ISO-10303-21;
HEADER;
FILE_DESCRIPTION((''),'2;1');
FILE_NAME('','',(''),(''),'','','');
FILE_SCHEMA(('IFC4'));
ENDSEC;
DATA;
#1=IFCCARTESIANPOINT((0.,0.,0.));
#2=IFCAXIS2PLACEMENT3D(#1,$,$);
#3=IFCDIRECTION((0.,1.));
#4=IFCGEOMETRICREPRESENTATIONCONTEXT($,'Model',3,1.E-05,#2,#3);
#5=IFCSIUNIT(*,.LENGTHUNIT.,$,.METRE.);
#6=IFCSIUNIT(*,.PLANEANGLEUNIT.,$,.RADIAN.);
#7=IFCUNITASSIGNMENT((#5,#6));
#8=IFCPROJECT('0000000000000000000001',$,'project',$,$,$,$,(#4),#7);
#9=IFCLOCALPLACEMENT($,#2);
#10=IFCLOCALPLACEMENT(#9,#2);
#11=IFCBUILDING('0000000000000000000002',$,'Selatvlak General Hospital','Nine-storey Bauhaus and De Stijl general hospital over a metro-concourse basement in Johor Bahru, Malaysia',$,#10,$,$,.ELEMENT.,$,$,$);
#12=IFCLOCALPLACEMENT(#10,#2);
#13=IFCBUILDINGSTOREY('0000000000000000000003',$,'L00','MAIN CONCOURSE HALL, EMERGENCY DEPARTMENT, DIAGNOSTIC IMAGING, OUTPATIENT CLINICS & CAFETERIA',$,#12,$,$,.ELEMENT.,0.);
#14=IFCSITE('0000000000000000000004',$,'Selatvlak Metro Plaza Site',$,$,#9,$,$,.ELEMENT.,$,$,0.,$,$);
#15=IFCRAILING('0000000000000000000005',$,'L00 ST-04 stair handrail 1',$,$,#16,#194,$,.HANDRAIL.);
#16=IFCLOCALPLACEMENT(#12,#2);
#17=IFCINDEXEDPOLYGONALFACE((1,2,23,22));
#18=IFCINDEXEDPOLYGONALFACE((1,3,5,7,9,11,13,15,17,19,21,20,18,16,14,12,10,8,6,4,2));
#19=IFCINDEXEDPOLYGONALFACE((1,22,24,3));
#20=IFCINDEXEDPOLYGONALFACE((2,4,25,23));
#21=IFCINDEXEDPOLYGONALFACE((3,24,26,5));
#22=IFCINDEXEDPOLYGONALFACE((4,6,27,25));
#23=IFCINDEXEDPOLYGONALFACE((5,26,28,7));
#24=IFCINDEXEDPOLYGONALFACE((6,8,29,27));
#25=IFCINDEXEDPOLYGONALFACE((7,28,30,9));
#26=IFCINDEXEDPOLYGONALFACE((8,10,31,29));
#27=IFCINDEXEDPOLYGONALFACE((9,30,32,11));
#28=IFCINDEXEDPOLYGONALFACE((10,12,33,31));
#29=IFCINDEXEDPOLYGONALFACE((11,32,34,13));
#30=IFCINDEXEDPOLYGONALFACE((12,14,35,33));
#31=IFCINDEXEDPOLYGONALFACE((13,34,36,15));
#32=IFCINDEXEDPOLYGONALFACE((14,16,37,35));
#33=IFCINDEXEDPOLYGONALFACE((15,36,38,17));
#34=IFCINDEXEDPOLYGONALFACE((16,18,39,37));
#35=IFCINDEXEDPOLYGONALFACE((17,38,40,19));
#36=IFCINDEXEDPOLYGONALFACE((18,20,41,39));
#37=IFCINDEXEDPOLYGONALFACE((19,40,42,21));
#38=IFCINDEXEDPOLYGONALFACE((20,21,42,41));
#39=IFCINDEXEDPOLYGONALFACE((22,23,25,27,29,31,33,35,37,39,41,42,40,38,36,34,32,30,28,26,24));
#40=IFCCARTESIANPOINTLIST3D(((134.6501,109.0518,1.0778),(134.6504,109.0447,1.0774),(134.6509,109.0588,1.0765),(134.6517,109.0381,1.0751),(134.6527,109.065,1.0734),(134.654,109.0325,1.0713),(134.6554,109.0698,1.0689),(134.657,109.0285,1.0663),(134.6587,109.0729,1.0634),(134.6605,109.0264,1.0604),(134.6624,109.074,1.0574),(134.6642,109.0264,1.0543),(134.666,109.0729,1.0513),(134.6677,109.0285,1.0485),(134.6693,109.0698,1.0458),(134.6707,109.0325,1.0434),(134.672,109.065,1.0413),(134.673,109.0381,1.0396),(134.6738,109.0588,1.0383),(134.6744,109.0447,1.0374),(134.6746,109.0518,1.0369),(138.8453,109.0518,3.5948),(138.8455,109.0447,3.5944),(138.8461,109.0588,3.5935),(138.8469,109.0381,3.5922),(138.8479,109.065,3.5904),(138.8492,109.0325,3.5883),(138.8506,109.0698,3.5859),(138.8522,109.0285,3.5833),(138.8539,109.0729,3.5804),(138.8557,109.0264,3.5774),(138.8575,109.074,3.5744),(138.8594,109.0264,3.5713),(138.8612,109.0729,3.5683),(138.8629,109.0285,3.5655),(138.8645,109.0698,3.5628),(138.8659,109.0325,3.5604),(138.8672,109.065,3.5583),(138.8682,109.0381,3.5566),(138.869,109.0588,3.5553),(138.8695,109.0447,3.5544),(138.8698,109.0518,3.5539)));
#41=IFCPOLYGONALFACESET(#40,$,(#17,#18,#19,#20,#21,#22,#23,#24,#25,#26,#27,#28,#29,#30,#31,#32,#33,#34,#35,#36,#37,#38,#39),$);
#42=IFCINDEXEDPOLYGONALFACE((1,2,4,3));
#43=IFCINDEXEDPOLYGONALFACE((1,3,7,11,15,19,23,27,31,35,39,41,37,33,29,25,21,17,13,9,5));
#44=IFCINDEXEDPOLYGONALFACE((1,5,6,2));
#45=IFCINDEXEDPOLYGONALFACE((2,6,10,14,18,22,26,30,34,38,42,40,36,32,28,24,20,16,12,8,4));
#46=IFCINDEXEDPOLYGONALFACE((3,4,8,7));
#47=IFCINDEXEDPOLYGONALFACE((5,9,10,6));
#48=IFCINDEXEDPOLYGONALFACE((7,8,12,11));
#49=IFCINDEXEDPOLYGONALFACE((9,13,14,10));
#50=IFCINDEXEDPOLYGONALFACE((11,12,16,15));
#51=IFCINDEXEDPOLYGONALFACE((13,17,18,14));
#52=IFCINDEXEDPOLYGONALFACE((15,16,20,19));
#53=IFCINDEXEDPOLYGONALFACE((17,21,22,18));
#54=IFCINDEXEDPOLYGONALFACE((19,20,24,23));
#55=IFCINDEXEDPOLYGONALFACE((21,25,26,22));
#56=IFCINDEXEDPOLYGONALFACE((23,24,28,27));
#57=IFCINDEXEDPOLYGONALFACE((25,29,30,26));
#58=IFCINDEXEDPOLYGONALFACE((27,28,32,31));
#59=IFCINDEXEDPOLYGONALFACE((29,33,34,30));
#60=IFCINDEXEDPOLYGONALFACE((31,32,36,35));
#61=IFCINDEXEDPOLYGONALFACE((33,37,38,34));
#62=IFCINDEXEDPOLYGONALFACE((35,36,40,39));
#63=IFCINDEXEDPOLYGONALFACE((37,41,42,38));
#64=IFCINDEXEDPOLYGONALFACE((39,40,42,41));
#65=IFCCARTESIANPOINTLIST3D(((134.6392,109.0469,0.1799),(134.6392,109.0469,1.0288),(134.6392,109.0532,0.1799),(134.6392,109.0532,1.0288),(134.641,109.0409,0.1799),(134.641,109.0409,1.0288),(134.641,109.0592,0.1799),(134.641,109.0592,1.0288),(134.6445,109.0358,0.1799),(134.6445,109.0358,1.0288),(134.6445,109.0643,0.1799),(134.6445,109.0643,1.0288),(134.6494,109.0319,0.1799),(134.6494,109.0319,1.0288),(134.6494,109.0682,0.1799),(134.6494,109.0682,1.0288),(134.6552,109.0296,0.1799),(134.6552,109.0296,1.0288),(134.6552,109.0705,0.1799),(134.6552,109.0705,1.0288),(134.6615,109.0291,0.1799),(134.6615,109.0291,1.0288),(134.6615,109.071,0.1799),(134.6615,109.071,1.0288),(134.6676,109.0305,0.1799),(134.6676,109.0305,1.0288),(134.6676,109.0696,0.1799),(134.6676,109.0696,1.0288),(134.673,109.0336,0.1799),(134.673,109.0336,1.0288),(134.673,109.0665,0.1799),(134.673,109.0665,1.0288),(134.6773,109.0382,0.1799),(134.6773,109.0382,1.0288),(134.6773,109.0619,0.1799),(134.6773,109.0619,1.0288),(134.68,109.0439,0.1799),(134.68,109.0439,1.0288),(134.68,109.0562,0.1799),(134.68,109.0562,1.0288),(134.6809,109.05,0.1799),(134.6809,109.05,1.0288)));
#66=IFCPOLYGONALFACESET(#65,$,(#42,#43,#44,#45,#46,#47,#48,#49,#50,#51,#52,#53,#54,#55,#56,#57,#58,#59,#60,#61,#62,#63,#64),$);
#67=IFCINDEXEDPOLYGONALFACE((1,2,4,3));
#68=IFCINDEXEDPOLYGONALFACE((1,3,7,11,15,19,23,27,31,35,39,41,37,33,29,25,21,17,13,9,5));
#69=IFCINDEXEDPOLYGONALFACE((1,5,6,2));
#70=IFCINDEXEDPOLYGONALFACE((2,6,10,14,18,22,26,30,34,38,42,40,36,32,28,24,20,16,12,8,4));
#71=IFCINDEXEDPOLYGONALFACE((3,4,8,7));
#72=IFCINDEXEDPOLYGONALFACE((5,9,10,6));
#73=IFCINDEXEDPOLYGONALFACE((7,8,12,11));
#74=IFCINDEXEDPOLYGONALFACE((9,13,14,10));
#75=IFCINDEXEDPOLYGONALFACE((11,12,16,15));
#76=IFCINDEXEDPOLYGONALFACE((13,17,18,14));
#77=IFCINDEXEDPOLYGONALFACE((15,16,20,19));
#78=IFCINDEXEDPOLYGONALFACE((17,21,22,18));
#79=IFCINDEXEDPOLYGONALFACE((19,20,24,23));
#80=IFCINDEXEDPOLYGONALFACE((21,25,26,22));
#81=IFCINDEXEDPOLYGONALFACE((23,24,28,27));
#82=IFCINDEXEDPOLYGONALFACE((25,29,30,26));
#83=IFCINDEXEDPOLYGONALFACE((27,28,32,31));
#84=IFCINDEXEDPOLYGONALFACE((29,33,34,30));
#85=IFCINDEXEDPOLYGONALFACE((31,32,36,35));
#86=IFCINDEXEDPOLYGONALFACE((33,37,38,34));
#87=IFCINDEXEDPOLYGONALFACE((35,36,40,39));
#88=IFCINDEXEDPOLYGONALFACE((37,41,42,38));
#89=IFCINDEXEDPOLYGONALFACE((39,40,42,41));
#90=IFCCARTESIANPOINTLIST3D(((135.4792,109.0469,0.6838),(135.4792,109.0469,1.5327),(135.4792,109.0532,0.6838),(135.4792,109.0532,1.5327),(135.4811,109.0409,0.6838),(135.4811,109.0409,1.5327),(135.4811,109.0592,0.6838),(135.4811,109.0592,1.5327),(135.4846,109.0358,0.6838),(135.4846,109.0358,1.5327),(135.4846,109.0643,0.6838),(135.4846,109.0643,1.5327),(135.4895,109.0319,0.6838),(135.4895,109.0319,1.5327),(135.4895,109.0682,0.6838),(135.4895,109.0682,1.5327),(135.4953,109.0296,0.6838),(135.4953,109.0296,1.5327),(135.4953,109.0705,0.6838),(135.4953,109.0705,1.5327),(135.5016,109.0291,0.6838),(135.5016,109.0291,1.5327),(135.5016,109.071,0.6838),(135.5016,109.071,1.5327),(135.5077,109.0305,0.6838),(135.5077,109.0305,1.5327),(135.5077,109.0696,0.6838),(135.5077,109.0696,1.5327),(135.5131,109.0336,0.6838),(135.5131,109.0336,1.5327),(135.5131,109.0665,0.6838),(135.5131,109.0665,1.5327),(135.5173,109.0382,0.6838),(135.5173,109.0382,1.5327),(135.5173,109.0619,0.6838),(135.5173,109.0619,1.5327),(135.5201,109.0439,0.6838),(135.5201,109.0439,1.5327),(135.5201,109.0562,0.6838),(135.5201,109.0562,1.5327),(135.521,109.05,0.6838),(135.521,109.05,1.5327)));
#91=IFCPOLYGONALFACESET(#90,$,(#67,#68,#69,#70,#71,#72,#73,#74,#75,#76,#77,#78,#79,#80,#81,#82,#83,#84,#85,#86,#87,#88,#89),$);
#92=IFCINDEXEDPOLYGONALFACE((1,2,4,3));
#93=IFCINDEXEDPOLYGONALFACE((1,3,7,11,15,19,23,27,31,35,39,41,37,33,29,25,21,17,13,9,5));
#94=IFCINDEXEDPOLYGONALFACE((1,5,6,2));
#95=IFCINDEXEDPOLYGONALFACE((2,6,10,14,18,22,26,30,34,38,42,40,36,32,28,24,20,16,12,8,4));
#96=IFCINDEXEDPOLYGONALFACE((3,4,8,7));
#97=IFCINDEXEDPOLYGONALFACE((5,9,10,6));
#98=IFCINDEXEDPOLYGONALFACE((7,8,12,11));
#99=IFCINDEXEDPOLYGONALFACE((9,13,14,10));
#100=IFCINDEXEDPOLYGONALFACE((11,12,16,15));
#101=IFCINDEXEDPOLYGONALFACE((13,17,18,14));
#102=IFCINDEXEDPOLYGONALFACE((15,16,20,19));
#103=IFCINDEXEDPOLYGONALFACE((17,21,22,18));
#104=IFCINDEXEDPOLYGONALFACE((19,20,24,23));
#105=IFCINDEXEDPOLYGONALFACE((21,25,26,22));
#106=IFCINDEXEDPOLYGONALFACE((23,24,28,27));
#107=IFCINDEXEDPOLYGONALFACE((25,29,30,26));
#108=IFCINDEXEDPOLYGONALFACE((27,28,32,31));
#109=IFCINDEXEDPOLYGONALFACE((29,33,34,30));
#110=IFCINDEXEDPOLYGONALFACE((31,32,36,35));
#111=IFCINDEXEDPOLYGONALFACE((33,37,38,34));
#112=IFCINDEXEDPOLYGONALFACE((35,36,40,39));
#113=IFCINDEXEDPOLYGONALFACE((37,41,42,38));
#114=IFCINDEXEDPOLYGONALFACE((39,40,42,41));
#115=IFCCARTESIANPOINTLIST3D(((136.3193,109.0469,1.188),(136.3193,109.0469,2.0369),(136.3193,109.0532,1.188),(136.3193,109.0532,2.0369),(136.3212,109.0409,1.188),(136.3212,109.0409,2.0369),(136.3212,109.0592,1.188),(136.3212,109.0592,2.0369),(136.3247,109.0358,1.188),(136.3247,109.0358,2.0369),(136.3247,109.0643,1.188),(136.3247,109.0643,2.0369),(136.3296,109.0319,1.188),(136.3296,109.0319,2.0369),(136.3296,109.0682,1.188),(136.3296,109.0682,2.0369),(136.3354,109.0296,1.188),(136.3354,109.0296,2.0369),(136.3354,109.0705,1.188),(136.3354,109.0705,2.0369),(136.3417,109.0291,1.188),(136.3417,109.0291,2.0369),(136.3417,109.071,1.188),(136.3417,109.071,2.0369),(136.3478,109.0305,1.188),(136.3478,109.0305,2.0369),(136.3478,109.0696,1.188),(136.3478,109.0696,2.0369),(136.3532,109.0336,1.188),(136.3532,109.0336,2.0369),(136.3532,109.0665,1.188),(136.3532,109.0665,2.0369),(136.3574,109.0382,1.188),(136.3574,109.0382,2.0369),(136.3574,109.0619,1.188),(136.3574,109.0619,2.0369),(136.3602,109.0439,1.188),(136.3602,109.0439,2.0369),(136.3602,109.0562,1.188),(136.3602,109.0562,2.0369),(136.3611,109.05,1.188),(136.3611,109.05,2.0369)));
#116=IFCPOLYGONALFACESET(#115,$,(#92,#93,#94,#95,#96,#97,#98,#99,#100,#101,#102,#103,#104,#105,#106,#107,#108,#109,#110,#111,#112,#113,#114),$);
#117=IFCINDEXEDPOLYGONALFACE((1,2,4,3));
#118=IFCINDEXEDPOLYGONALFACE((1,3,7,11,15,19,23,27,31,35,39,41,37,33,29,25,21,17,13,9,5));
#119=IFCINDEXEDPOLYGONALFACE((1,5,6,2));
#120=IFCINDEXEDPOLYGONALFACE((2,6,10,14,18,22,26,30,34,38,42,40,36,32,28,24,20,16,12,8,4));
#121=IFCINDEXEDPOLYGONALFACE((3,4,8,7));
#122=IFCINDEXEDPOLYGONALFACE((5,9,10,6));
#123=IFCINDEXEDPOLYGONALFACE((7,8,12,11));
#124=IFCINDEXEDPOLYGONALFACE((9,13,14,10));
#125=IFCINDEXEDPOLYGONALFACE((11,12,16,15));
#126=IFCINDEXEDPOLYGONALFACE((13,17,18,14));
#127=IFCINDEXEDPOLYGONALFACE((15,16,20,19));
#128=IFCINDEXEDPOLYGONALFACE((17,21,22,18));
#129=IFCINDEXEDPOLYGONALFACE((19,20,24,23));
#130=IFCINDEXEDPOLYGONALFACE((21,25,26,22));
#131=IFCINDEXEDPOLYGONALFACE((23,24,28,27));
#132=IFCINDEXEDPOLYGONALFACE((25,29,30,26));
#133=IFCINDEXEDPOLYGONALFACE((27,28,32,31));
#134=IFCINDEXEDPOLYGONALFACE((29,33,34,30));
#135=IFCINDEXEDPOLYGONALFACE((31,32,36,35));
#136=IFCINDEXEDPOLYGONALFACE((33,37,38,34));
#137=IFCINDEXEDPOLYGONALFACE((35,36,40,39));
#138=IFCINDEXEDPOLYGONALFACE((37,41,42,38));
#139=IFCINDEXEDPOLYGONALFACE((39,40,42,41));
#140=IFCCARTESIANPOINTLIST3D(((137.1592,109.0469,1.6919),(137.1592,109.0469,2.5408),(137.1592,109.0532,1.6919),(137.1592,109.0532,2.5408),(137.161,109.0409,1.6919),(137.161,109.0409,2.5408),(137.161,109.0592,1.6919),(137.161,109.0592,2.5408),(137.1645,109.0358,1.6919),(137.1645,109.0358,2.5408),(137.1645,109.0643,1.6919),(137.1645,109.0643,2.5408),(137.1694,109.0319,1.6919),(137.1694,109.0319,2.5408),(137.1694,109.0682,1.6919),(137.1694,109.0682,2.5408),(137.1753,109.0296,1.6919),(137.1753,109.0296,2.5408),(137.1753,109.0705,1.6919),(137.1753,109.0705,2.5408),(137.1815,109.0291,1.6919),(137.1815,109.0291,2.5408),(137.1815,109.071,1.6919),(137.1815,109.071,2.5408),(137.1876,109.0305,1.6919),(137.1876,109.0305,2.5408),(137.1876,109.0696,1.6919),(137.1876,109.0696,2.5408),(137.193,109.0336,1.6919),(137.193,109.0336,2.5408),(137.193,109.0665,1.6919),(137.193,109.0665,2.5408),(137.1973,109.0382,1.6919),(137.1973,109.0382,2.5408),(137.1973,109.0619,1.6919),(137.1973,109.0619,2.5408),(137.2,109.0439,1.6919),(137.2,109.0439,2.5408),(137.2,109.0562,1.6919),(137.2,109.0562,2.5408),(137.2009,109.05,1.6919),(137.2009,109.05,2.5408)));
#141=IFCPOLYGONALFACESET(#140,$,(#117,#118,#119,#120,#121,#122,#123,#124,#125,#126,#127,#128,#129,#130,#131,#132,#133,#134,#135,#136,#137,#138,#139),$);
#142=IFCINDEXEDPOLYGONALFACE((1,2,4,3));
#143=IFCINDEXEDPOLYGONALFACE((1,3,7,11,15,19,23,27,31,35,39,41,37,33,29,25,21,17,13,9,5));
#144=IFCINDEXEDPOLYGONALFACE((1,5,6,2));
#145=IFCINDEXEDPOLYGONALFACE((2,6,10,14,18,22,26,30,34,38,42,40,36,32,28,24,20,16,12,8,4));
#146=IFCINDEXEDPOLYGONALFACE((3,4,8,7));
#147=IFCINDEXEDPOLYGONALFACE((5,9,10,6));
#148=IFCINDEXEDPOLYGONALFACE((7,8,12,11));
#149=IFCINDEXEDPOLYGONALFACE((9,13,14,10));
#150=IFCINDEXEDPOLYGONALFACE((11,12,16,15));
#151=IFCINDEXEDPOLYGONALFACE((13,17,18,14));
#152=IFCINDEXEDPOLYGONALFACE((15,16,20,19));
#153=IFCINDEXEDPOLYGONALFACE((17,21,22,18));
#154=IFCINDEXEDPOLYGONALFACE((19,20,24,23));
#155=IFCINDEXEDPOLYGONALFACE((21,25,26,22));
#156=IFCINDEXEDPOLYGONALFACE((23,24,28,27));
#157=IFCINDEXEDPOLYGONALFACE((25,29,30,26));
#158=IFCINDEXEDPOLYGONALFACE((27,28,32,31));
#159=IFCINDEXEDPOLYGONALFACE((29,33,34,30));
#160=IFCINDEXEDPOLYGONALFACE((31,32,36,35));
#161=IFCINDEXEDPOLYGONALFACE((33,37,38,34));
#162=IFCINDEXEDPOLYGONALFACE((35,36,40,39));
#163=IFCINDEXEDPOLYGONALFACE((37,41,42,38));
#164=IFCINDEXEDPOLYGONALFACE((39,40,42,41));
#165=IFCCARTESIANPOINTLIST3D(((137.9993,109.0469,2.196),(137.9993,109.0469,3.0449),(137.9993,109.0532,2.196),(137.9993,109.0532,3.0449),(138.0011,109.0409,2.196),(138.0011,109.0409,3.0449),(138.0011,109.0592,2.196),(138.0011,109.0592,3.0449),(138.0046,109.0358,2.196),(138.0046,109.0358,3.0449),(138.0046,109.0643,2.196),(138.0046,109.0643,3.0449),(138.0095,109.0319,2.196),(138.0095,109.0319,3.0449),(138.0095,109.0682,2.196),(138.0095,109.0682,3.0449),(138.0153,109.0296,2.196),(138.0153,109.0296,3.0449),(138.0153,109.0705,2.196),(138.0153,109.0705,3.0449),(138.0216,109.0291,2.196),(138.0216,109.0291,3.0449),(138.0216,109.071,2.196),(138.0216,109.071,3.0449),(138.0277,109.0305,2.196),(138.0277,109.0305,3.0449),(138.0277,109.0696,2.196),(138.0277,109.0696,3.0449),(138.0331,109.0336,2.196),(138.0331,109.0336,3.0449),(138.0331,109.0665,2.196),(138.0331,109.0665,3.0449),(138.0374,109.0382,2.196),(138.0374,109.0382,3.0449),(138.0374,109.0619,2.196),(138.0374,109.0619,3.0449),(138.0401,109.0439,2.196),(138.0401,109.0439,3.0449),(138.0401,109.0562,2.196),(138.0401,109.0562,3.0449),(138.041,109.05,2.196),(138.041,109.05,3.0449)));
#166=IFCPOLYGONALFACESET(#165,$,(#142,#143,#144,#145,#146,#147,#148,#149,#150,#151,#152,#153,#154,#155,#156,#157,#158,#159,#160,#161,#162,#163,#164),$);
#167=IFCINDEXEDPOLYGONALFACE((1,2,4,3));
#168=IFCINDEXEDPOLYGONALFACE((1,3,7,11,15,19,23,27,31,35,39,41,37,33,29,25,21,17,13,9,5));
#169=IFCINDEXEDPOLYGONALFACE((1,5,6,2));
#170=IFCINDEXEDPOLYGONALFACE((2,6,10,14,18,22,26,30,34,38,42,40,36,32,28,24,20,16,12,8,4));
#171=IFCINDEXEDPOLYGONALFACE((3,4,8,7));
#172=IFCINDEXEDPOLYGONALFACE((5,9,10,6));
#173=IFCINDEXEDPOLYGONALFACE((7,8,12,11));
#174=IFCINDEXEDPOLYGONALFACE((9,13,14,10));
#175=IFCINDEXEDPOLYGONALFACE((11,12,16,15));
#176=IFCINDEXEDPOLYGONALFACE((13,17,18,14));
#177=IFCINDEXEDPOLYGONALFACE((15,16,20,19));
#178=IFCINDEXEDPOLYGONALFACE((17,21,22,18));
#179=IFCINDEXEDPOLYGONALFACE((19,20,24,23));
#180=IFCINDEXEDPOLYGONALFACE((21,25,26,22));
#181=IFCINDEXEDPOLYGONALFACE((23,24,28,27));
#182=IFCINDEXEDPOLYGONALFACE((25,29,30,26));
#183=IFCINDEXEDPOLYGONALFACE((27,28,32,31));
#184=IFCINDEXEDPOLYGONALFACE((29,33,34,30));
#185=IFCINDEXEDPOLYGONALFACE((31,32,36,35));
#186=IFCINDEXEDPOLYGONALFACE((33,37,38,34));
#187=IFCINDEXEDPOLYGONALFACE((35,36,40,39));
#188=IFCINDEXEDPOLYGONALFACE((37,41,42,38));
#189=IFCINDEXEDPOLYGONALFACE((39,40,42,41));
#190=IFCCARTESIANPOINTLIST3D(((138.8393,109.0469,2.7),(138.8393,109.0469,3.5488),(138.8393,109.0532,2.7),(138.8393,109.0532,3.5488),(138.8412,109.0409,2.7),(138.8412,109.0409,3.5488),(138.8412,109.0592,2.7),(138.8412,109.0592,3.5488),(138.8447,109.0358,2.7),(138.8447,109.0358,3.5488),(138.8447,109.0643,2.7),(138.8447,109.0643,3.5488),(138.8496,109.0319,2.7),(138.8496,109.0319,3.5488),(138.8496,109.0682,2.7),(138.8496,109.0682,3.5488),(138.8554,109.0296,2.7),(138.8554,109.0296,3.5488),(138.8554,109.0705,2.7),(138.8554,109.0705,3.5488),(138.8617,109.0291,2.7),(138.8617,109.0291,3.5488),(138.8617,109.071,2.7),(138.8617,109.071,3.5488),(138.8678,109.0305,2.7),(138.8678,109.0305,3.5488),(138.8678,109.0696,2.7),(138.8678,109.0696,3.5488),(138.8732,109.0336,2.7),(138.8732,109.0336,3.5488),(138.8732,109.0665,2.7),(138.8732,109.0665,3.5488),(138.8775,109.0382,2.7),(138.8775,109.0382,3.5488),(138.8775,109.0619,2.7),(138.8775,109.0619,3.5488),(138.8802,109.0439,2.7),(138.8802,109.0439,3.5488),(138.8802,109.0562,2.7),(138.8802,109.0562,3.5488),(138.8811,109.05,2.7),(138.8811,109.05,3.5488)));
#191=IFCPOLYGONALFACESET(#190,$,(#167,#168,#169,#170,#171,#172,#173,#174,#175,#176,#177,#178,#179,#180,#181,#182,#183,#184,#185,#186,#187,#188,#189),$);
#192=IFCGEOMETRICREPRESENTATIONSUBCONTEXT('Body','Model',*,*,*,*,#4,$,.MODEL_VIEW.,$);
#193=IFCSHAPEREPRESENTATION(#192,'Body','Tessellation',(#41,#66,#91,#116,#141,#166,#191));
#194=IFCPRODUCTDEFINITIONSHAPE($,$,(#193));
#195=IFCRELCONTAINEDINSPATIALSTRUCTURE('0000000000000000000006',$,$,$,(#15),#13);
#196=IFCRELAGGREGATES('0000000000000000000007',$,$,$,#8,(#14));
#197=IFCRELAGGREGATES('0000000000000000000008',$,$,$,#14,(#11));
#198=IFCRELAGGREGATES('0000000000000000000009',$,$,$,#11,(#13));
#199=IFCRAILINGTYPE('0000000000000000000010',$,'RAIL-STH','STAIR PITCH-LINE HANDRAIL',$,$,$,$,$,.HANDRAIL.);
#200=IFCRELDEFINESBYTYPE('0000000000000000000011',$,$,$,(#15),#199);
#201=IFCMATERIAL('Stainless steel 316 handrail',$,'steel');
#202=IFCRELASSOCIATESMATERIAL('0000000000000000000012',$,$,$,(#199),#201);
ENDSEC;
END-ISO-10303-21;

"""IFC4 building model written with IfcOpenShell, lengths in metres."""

from ifc_helpers import new_model, si_unit, direction, frame, origin, origin_2d, place, context, subcontext, project, spatial, circle, extrude, material, type_object, element, save


model = new_model("IFC4")

# Units and contexts
model_context = context("Model", 3, precision=1e-05, world=origin(), true_north=direction((0.0, 1.0)))
body_context = subcontext(model_context, "Body", "Model", "MODEL_VIEW")
ifc_project = project(units=[si_unit("LENGTHUNIT", "METRE"), si_unit("PLANEANGLEUNIT", "RADIAN")], contexts=[model_context])

# Site, building, storey
site_placement = place(None, origin())
site = spatial("IfcSite", under=ifc_project, at=site_placement, Name="Selatvlak Metro Plaza Site", CompositionType="ELEMENT", RefElevation=0.0)
building_placement = place(site_placement, origin())
building = spatial("IfcBuilding", under=site, at=building_placement, Name="Selatvlak General Hospital", Description="Nine-storey Bauhaus and De Stijl general hospital over a metro-concourse basement in Johor Bahru, Malaysia", CompositionType="ELEMENT")
storey_placement = place(building_placement, origin())
storey = spatial("IfcBuildingStorey", under=building, at=storey_placement, Name="L00", Description="MAIN CONCOURSE HALL, EMERGENCY DEPARTMENT, DIAGNOSTIC IMAGING, OUTPATIENT CLINICS & CAFETERIA", CompositionType="ELEMENT", Elevation=0.0)

# Railing
ifc_material_1 = material(Name="Stainless steel 316 handrail", Category="steel")
railing_type_1 = type_object("IfcRailingType", Name="RAIL-STH", Description="STAIR PITCH-LINE HANDRAIL", PredefinedType="HANDRAIL", material=ifc_material_1)
railing_1_placement = place(storey_placement, frame((134.6599, 109.05, 0.1799)))
element("IfcRailing", 1, at=railing_1_placement, inside=storey, type_object=railing_type_1, Name="L00 ST-04 stair handrail 1", PredefinedType="HANDRAIL", context=body_context, shape_type="SweptSolid", body=[
    extrude(circle(Radius=0.0239, at=origin_2d()), frame((0.0024, 0.0, 0.8774), z_axis=(0.857502, 0.0, 0.514481), x_axis=(0.0, 1.0, 0.0)), (0.0, 0.0, 1.0), 4.8923),
    extrude(circle(Radius=0.021, at=origin_2d()), origin(), (0.0, 0.0, 1.0), 0.8489),
    extrude(circle(Radius=0.021, at=origin_2d()), frame((0.8401, 0.0, 0.5039)), (0.0, 0.0, 1.0), 0.8489),
    extrude(circle(Radius=0.021, at=origin_2d()), frame((1.6802, 0.0, 1.0081)), (0.0, 0.0, 1.0), 0.8489),
    extrude(circle(Radius=0.021, at=origin_2d()), frame((2.52, 0.0, 1.512)), (0.0, 0.0, 1.0), 0.8489),
    extrude(circle(Radius=0.021, at=origin_2d()), frame((3.3601, 0.0, 2.0161)), (0.0, 0.0, 1.0), 0.8489),
    extrude(circle(Radius=0.021, at=origin_2d()), frame((4.2002, 0.0, 2.52)), (0.0, 0.0, 1.0), 0.8489),
])

save(model, "model.ifc")
